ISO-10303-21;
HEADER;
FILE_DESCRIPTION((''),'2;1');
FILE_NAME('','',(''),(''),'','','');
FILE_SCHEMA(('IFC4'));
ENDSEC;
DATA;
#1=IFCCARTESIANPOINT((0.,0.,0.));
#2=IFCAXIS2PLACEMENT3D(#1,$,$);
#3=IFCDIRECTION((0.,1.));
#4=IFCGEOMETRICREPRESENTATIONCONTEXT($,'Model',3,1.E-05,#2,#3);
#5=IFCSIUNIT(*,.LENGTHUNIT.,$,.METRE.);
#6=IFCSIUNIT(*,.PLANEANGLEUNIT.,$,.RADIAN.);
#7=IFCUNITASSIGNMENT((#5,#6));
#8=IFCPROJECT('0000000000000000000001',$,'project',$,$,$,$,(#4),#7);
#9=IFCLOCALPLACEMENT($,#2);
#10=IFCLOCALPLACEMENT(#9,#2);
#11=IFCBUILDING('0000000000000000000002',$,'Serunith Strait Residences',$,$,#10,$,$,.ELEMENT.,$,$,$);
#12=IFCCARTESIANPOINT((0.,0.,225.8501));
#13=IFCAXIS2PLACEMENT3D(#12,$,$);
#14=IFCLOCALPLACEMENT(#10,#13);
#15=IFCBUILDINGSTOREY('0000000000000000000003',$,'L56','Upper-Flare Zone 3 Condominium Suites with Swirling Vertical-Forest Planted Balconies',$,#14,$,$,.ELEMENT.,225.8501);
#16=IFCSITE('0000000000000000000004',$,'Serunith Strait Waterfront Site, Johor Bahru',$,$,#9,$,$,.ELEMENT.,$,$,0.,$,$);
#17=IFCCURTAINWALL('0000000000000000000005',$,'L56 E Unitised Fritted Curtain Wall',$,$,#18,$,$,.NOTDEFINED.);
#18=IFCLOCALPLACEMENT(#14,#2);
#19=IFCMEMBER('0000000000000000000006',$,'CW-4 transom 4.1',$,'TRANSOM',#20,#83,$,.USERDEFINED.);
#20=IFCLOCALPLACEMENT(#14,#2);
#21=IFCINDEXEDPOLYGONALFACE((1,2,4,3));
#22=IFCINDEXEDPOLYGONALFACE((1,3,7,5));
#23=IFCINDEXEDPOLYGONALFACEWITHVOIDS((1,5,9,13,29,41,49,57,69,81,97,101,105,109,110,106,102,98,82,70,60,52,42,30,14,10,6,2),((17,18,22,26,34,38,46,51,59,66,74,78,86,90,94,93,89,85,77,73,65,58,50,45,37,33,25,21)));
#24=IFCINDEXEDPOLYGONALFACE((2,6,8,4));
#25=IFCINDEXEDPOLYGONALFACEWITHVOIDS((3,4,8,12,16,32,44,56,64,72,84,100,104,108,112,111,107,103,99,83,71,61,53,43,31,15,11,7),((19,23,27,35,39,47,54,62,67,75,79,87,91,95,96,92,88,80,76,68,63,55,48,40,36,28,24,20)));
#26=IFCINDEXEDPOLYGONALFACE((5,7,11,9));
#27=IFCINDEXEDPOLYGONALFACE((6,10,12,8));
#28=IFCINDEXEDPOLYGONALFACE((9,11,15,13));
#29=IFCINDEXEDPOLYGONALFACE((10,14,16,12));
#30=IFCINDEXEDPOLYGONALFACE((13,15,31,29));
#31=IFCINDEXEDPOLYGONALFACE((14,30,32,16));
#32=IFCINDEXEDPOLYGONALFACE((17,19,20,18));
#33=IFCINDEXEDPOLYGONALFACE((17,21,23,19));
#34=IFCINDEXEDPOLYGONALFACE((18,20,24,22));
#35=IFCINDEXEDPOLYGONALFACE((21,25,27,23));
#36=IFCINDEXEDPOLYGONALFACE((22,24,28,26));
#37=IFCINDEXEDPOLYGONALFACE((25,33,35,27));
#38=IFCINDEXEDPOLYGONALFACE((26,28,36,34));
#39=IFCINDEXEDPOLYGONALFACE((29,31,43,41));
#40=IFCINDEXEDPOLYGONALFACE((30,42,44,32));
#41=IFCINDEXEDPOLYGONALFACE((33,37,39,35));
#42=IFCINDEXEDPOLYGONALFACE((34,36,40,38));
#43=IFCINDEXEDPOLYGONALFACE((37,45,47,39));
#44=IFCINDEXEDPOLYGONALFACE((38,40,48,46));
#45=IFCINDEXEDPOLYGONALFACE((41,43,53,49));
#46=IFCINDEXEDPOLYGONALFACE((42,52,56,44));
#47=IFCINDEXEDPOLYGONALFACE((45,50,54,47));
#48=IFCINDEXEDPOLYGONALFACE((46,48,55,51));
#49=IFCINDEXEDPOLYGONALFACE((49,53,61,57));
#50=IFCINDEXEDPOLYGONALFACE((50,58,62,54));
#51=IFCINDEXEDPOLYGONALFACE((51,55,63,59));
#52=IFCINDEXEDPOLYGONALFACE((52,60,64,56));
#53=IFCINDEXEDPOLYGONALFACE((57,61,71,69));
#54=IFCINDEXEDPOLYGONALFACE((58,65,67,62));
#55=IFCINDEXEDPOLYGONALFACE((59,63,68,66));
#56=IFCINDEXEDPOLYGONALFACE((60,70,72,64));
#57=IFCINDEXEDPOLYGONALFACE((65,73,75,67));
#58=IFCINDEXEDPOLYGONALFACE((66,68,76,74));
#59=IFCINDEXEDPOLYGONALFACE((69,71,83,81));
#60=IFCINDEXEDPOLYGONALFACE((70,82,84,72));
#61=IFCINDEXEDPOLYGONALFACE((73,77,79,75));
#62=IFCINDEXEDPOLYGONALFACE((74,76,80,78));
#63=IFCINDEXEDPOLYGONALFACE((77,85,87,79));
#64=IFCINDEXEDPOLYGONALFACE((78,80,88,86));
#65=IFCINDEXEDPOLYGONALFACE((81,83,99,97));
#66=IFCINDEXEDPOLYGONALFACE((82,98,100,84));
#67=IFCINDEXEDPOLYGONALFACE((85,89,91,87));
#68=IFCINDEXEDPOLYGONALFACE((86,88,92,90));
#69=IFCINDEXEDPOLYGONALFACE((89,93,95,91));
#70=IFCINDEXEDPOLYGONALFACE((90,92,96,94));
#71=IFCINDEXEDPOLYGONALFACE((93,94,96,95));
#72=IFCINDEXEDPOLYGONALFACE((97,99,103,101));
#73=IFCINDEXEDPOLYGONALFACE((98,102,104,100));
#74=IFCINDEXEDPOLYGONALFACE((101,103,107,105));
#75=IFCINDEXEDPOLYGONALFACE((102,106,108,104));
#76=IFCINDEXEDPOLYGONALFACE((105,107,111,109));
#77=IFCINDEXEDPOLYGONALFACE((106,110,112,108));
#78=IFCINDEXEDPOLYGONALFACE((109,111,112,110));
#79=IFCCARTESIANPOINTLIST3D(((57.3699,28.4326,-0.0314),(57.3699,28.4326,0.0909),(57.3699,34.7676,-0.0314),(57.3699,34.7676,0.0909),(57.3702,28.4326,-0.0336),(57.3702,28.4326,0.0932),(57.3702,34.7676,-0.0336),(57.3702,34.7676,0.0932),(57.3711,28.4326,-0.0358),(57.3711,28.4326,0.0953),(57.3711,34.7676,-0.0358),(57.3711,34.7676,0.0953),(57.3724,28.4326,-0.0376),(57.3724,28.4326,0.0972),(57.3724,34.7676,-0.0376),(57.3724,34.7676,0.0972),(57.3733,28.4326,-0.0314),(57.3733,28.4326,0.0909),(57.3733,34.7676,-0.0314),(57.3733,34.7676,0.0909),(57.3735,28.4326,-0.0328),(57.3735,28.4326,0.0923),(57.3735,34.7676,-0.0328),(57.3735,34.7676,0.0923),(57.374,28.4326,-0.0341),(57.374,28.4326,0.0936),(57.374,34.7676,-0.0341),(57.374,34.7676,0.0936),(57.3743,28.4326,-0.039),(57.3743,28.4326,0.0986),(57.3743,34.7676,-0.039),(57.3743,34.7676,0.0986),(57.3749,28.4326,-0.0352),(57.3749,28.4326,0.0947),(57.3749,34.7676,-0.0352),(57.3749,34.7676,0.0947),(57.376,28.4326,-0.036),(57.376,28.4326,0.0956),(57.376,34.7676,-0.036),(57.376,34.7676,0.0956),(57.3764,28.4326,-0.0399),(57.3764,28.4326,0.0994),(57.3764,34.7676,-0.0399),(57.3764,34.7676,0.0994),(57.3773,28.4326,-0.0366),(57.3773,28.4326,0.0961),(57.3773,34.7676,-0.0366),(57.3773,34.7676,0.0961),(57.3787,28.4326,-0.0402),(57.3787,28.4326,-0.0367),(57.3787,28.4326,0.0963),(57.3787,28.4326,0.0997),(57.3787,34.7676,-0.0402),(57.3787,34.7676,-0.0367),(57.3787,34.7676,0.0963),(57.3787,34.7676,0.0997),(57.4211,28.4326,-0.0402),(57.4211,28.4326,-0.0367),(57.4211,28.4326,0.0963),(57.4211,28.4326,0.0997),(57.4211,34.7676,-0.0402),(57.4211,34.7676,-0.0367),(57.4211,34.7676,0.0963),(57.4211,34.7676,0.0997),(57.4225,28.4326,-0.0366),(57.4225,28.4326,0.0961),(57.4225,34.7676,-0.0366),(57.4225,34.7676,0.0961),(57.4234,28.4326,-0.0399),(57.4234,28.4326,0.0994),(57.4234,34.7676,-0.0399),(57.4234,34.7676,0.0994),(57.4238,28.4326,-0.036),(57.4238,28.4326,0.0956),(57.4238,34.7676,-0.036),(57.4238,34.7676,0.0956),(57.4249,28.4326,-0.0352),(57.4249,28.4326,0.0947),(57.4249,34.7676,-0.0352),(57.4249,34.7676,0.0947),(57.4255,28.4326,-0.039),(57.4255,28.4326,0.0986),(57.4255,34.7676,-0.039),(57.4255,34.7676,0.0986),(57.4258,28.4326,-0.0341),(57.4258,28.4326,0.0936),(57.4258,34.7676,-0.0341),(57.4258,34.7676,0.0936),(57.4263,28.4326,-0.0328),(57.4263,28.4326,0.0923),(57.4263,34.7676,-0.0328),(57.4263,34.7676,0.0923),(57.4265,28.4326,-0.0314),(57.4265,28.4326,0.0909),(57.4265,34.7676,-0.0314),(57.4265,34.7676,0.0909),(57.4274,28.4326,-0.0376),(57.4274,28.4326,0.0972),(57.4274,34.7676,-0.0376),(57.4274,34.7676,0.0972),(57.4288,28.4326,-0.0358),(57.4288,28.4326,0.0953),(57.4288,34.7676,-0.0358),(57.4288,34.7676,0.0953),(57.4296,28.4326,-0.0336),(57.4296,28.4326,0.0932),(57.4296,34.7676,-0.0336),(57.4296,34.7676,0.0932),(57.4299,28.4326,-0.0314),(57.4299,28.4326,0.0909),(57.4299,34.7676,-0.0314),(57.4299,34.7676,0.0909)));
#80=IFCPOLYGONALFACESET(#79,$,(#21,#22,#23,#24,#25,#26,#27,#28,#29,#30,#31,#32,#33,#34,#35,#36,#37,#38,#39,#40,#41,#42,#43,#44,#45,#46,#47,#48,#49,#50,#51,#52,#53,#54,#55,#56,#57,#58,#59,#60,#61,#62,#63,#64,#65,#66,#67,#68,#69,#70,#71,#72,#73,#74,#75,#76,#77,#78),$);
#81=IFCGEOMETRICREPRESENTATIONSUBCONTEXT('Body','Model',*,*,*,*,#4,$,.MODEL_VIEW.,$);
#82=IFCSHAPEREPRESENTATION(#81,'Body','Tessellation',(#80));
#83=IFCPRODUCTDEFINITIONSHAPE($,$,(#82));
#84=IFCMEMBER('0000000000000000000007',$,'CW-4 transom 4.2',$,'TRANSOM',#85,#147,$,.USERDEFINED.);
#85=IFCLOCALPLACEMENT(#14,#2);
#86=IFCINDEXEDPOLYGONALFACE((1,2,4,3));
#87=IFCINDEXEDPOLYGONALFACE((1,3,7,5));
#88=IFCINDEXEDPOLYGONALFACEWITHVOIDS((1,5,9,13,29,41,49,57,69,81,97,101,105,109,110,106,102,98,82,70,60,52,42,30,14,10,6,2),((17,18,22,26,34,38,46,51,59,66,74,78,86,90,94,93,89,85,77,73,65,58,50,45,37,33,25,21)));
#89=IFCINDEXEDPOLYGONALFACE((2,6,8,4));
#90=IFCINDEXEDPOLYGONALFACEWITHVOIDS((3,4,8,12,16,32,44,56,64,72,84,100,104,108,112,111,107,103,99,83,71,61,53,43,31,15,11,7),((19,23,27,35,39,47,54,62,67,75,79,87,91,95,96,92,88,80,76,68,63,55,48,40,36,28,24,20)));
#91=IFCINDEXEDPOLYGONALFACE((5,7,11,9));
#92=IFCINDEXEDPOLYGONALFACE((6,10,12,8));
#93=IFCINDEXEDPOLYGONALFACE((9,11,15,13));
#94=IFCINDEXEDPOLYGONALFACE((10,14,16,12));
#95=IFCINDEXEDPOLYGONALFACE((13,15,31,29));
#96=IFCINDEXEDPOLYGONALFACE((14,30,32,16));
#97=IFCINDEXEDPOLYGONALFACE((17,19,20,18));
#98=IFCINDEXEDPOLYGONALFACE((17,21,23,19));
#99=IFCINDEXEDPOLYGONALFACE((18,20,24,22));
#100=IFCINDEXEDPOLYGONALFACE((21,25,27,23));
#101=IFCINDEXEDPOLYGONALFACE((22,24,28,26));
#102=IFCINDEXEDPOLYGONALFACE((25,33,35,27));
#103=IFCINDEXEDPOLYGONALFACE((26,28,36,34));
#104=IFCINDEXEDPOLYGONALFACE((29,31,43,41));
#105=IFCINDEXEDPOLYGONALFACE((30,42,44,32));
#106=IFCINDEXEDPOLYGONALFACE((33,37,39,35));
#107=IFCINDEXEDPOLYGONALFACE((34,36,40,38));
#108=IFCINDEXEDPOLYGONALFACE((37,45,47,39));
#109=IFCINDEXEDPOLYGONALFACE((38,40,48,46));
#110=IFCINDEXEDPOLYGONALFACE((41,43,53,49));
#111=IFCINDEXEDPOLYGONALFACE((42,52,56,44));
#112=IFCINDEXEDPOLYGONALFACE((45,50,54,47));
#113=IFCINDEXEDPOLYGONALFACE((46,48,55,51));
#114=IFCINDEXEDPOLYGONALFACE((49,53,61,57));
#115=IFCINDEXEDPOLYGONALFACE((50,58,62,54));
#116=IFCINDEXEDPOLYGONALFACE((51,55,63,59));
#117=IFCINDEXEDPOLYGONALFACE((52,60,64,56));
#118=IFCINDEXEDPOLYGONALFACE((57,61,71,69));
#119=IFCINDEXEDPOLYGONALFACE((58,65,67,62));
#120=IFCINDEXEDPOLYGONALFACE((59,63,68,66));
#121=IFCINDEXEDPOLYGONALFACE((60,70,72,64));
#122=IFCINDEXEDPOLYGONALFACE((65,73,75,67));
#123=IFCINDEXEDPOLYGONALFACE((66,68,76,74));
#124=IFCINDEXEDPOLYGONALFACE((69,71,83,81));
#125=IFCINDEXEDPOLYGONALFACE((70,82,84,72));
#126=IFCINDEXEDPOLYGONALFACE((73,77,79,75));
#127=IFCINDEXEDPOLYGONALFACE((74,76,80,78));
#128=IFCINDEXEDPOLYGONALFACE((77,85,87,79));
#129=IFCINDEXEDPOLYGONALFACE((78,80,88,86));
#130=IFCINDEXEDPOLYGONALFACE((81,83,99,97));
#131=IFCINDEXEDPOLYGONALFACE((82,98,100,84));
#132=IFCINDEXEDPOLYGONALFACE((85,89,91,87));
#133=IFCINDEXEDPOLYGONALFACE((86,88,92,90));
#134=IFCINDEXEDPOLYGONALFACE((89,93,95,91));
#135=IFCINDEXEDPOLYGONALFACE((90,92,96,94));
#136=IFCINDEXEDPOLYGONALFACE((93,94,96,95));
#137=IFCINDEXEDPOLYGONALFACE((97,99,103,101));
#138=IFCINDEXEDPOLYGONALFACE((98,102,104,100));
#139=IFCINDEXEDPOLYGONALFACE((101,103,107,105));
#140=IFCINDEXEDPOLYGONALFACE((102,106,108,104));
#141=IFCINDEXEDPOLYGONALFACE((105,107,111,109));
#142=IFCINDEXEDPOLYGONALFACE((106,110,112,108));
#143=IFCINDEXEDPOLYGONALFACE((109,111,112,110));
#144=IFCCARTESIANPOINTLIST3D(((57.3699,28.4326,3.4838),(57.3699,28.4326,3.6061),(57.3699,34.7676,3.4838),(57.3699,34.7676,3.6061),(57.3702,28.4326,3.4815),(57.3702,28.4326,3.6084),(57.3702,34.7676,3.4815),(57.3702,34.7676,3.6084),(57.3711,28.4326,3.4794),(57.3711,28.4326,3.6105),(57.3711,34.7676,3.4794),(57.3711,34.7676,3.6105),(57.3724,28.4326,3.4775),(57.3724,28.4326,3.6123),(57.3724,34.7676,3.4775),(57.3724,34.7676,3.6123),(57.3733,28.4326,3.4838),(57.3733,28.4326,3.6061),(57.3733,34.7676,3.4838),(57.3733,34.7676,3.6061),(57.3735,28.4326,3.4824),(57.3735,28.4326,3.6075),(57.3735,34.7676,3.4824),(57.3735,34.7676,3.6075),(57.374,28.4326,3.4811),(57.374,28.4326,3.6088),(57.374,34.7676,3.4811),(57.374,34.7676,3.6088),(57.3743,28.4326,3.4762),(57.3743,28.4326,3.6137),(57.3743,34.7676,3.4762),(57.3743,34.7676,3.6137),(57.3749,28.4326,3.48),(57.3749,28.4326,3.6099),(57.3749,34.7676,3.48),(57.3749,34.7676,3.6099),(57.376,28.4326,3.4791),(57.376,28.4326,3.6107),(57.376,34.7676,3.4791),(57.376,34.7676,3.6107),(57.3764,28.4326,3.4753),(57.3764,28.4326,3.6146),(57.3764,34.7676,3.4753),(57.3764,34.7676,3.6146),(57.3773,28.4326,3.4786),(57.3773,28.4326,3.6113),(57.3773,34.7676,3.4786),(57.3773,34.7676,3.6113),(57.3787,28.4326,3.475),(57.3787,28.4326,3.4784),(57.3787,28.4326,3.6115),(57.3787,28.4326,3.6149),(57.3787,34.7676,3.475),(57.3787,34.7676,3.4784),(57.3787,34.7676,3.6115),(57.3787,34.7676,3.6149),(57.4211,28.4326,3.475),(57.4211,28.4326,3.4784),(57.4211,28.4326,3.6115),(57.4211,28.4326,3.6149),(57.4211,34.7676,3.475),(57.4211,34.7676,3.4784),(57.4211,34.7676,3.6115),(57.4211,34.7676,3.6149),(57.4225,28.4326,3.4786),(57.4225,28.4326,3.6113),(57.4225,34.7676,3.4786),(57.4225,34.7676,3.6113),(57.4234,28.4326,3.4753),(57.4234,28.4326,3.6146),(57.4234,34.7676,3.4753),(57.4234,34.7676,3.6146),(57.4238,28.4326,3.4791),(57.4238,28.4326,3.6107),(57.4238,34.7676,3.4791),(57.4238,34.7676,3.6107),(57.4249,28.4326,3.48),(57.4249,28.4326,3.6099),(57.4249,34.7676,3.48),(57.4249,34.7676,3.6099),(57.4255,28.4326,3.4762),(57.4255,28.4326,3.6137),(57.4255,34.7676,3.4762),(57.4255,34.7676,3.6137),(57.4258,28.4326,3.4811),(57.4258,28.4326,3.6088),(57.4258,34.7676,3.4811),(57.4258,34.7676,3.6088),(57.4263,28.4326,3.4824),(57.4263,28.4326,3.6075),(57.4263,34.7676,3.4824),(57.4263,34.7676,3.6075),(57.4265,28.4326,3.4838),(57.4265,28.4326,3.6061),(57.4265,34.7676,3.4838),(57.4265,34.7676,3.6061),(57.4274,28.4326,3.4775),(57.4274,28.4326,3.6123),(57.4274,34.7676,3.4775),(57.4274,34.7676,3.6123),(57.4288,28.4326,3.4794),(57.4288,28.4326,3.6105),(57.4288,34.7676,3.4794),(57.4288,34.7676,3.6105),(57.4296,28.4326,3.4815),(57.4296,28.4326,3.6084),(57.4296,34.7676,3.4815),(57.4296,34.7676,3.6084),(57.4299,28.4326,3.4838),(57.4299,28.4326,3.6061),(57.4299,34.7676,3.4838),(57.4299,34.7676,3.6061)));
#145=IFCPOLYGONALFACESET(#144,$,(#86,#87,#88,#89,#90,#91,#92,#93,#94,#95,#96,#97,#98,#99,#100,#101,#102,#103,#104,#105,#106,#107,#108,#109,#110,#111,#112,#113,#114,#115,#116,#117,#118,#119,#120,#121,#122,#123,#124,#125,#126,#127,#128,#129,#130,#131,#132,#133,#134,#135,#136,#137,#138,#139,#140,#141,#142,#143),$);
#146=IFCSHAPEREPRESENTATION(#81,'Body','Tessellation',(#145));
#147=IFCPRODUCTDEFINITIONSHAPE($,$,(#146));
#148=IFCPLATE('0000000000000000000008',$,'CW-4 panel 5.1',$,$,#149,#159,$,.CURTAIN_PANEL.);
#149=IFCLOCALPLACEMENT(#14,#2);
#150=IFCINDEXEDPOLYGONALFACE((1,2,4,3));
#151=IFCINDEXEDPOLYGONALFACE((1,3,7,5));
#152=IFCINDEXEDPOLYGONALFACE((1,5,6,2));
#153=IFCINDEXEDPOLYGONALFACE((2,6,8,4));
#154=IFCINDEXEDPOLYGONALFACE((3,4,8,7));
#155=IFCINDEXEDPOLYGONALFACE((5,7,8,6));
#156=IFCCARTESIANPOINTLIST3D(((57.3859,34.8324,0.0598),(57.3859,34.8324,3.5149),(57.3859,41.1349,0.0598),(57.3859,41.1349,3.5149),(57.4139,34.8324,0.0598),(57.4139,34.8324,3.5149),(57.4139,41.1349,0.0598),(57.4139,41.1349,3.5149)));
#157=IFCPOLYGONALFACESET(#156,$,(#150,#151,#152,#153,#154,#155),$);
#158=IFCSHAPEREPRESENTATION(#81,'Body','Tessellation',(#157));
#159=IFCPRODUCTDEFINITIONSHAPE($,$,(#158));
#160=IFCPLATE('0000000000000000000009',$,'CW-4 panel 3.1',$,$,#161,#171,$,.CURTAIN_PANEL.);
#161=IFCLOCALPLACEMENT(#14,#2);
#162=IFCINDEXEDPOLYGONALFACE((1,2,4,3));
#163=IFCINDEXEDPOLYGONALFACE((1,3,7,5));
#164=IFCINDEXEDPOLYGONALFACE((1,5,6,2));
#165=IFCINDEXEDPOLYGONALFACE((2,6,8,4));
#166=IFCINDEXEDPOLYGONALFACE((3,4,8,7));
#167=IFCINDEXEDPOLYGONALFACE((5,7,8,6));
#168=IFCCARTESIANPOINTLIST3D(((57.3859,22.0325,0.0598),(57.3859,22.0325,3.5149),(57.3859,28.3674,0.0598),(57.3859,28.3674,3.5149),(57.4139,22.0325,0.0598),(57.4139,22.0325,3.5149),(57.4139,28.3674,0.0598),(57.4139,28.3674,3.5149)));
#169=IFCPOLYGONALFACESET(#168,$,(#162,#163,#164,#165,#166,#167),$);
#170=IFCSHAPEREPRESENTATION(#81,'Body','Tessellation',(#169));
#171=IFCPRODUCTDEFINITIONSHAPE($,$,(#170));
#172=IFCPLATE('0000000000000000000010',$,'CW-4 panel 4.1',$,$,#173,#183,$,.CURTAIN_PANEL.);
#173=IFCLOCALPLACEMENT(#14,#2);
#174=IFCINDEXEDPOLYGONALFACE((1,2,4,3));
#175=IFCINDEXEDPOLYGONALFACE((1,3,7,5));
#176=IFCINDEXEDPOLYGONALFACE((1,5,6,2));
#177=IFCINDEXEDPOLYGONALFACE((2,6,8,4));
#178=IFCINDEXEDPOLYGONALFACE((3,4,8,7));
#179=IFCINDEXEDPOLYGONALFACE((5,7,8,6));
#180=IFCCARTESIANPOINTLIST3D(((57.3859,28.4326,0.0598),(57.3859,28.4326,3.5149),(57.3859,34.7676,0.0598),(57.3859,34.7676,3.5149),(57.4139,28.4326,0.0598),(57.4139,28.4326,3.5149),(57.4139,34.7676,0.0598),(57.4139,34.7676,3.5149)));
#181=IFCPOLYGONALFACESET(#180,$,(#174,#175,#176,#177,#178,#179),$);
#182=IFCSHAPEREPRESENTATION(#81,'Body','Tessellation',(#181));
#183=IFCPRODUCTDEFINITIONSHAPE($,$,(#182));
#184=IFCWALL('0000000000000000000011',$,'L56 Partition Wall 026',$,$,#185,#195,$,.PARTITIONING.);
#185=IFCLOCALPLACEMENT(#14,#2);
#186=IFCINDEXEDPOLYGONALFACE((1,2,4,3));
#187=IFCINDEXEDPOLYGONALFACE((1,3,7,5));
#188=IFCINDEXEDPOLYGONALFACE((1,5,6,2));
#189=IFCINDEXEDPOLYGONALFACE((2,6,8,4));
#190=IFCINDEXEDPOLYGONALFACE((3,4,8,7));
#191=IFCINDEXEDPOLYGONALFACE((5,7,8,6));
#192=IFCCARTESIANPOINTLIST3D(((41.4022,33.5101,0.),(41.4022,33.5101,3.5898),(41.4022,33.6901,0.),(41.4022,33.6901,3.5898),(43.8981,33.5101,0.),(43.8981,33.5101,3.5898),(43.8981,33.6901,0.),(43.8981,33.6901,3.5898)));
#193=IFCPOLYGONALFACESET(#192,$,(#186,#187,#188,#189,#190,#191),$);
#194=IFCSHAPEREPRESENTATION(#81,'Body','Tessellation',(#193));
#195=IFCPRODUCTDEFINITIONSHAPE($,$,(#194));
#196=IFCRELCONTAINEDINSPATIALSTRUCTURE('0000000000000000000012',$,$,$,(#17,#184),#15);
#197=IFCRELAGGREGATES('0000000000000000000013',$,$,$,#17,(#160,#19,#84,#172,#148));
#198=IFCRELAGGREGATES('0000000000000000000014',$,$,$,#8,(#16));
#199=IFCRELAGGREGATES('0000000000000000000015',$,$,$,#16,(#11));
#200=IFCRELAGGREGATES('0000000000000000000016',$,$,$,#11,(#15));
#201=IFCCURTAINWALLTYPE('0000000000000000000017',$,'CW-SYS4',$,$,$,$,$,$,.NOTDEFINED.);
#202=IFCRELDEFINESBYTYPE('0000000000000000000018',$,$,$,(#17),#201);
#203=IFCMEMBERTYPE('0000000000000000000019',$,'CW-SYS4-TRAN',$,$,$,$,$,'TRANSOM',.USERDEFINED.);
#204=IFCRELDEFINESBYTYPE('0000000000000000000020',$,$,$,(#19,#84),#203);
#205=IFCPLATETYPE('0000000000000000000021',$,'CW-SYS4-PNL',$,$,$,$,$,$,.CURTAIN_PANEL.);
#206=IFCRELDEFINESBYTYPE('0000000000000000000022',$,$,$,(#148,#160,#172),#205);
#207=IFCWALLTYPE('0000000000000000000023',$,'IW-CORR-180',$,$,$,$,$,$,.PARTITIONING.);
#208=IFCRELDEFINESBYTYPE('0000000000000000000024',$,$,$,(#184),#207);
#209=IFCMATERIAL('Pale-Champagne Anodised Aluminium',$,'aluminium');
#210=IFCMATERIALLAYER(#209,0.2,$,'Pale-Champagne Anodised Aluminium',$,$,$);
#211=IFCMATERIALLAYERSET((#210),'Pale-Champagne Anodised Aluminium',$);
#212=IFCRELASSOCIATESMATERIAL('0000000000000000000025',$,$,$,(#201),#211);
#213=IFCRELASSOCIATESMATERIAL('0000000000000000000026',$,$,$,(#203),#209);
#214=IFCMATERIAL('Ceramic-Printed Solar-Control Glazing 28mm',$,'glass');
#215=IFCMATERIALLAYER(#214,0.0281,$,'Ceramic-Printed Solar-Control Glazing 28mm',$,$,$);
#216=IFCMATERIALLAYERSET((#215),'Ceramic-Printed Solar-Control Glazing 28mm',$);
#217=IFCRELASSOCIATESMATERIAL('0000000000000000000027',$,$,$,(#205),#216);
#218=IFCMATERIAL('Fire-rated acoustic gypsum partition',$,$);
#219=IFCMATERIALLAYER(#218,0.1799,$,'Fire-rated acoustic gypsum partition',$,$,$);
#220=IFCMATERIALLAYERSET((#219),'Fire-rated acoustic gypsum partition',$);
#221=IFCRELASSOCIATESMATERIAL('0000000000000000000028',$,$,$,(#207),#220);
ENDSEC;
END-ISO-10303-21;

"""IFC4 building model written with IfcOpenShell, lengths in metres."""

from ifc_helpers import new_model, si_unit, direction, frame, frame_2d, origin, origin_2d, place, context, subcontext, project, spatial, rectangle, hollow_rectangle, extrude, source, transform, mapped, material, layer, layer_set, material_profile, profile_set, type_object, element, aggregate, save


model = new_model("IFC4")

# Units and contexts
model_context = context("Model", 3, precision=1e-05, world=origin(), true_north=direction((0.0, 1.0)))
body_context = subcontext(model_context, "Body", "Model", "MODEL_VIEW")
ifc_project = project(units=[si_unit("LENGTHUNIT", "METRE"), si_unit("PLANEANGLEUNIT", "RADIAN")], contexts=[model_context])

# Site, building, storey
site_placement = place(None, origin())
site = spatial("IfcSite", under=ifc_project, at=site_placement, Name="Serunith Strait Waterfront Site, Johor Bahru", CompositionType="ELEMENT", RefElevation=0.0)
building_placement = place(site_placement, origin())
building = spatial("IfcBuilding", under=site, at=building_placement, Name="Serunith Strait Residences", CompositionType="ELEMENT")
storey_placement = place(building_placement, frame((0.0, 0.0, 225.8501)))
storey = spatial("IfcBuildingStorey", under=building, at=storey_placement, Name="L56", Description="Upper-Flare Zone 3 Condominium Suites with Swirling Vertical-Forest Planted Balconies", CompositionType="ELEMENT", Elevation=225.8501)

# Curtain wall, members, plates
ifc_material_1 = material(Name="Pale-Champagne Anodised Aluminium", Category="aluminium")
ifc_layer_1 = layer(ifc_material_1, 0.2, Name="Pale-Champagne Anodised Aluminium")
ifc_layer_set_1 = layer_set([ifc_layer_1], Name="Pale-Champagne Anodised Aluminium")
curtain_wall_type = type_object("IfcCurtainWallType", Name="CW-SYS4", PredefinedType="NOTDEFINED", material=ifc_layer_set_1)
curtain_wall_placement = place(storey_placement, origin())
curtain_wall = element("IfcCurtainWall", 1, at=curtain_wall_placement, inside=storey, type_object=curtain_wall_type, Name="L56 E Unitised Fritted Curtain Wall", PredefinedType="NOTDEFINED")
ifc_material_profile_1 = material_profile(ifc_material_1, hollow_rectangle(XDim=0.0601, YDim=0.1399, WallThickness=0.0034, InnerFilletRadius=0.0054, OuterFilletRadius=0.0088, at=origin_2d()), Name="ALU 140x60x3.5")
ifc_profile_set_1 = profile_set([ifc_material_profile_1], Name="Pale-Champagne Anodised Aluminium")
member_type_1 = type_object("IfcMemberType", Name="CW-SYS4-TRAN", ElementType="TRANSOM", PredefinedType="USERDEFINED", material=ifc_profile_set_1)
shared_shape_1 = source(origin(), body_context, "Body", "SweptSolid", [
    extrude(hollow_rectangle(XDim=0.0601, YDim=0.1399, WallThickness=0.0034, InnerFilletRadius=0.0054, OuterFilletRadius=0.0088, at=origin_2d()), origin(), (0.0, 0.0, 1.0), 6.335),
])
member_1_placement = place(storey_placement, frame((57.3999, 28.4326, 0.0298), z_axis=(0.0, 1.0, 0.0), x_axis=(-1.0, 0.0, 0.0)))
member_1 = element("IfcMember", 2, at=member_1_placement, type_object=member_type_1, Name="CW-4 transom 4.1", ObjectType="TRANSOM", PredefinedType="USERDEFINED", context=body_context, shape_type="MappedRepresentation", body=[
    mapped(shared_shape_1, transform((0.0, 0.0, 0.0), scale=1.0)),
])
member_2_placement = place(storey_placement, frame((57.3999, 28.4326, 3.5449), z_axis=(0.0, 1.0, 0.0), x_axis=(-1.0, 0.0, 0.0)))
member_2 = element("IfcMember", 3, at=member_2_placement, type_object=member_type_1, Name="CW-4 transom 4.2", ObjectType="TRANSOM", PredefinedType="USERDEFINED", context=body_context, shape_type="MappedRepresentation", body=[
    mapped(shared_shape_1, transform((0.0, 0.0, 0.0), scale=1.0)),
])
ifc_material_2 = material(Name="Ceramic-Printed Solar-Control Glazing 28mm", Category="glass")
ifc_layer_2 = layer(ifc_material_2, 0.0281, Name="Ceramic-Printed Solar-Control Glazing 28mm")
ifc_layer_set_2 = layer_set([ifc_layer_2], Name="Ceramic-Printed Solar-Control Glazing 28mm")
plate_type = type_object("IfcPlateType", Name="CW-SYS4-PNL", PredefinedType="CURTAIN_PANEL", material=ifc_layer_set_2)
shared_shape_2 = source(origin(), body_context, "Body", "SweptSolid", [
    extrude(rectangle(XDim=6.3025, YDim=0.0281, at=origin_2d()), origin(), (0.0, 0.0, 1.0), 3.4551),
])
plate_1_placement = place(storey_placement, frame((57.3999, 37.9836, 0.0598), z_axis=(0.0, 0.0, 1.0), x_axis=(0.0, 1.0, 0.0)))
plate_1 = element("IfcPlate", 4, at=plate_1_placement, type_object=plate_type, Name="CW-4 panel 5.1", PredefinedType="CURTAIN_PANEL", context=body_context, shape_type="MappedRepresentation", body=[
    mapped(shared_shape_2, transform((0.0, 0.0, 0.0), scale=1.0)),
])
shared_shape_3 = source(origin(), body_context, "Body", "SweptSolid", [
    extrude(rectangle(XDim=6.335, YDim=0.0281, at=origin_2d()), origin(), (0.0, 0.0, 1.0), 3.4551),
])
plate_2_placement = place(storey_placement, frame((57.3999, 25.2, 0.0598), z_axis=(0.0, 0.0, 1.0), x_axis=(0.0, 1.0, 0.0)))
plate_2 = element("IfcPlate", 5, at=plate_2_placement, type_object=plate_type, Name="CW-4 panel 3.1", PredefinedType="CURTAIN_PANEL", context=body_context, shape_type="MappedRepresentation", body=[
    mapped(shared_shape_3, transform((0.0, 0.0, 0.0), scale=1.0)),
])
plate_3_placement = place(storey_placement, frame((57.3999, 31.6001, 0.0598), z_axis=(0.0, 0.0, 1.0), x_axis=(0.0, 1.0, 0.0)))
plate_3 = element("IfcPlate", 6, at=plate_3_placement, type_object=plate_type, Name="CW-4 panel 4.1", PredefinedType="CURTAIN_PANEL", context=body_context, shape_type="MappedRepresentation", body=[
    mapped(shared_shape_3, transform((0.0, 0.0, 0.0), scale=1.0)),
])
aggregate(curtain_wall, [plate_2, member_1, member_2, plate_3, plate_1])

# Wall
ifc_material_3 = material(Name="Fire-rated acoustic gypsum partition")
ifc_layer_3 = layer(ifc_material_3, 0.1799, Name="Fire-rated acoustic gypsum partition")
ifc_layer_set_3 = layer_set([ifc_layer_3], Name="Fire-rated acoustic gypsum partition")
wall_type_1 = type_object("IfcWallType", Name="IW-CORR-180", PredefinedType="PARTITIONING", material=ifc_layer_set_3)
wall_1_placement = place(storey_placement, frame((41.4021, 33.6001, 0.0), z_axis=(0.0, 0.0, 1.0), x_axis=(1.0, 0.0, 0.0)))
element("IfcWall", 7, at=wall_1_placement, inside=storey, type_object=wall_type_1, Name="L56 Partition Wall 026", PredefinedType="PARTITIONING", context=body_context, shape_type="SweptSolid", body=[
    extrude(rectangle(XDim=2.4958, YDim=0.1799, at=frame_2d((1.248, 0.0))), origin(), (0.0, 0.0, 1.0), 3.5898),
])

save(model, "model.ifc")
